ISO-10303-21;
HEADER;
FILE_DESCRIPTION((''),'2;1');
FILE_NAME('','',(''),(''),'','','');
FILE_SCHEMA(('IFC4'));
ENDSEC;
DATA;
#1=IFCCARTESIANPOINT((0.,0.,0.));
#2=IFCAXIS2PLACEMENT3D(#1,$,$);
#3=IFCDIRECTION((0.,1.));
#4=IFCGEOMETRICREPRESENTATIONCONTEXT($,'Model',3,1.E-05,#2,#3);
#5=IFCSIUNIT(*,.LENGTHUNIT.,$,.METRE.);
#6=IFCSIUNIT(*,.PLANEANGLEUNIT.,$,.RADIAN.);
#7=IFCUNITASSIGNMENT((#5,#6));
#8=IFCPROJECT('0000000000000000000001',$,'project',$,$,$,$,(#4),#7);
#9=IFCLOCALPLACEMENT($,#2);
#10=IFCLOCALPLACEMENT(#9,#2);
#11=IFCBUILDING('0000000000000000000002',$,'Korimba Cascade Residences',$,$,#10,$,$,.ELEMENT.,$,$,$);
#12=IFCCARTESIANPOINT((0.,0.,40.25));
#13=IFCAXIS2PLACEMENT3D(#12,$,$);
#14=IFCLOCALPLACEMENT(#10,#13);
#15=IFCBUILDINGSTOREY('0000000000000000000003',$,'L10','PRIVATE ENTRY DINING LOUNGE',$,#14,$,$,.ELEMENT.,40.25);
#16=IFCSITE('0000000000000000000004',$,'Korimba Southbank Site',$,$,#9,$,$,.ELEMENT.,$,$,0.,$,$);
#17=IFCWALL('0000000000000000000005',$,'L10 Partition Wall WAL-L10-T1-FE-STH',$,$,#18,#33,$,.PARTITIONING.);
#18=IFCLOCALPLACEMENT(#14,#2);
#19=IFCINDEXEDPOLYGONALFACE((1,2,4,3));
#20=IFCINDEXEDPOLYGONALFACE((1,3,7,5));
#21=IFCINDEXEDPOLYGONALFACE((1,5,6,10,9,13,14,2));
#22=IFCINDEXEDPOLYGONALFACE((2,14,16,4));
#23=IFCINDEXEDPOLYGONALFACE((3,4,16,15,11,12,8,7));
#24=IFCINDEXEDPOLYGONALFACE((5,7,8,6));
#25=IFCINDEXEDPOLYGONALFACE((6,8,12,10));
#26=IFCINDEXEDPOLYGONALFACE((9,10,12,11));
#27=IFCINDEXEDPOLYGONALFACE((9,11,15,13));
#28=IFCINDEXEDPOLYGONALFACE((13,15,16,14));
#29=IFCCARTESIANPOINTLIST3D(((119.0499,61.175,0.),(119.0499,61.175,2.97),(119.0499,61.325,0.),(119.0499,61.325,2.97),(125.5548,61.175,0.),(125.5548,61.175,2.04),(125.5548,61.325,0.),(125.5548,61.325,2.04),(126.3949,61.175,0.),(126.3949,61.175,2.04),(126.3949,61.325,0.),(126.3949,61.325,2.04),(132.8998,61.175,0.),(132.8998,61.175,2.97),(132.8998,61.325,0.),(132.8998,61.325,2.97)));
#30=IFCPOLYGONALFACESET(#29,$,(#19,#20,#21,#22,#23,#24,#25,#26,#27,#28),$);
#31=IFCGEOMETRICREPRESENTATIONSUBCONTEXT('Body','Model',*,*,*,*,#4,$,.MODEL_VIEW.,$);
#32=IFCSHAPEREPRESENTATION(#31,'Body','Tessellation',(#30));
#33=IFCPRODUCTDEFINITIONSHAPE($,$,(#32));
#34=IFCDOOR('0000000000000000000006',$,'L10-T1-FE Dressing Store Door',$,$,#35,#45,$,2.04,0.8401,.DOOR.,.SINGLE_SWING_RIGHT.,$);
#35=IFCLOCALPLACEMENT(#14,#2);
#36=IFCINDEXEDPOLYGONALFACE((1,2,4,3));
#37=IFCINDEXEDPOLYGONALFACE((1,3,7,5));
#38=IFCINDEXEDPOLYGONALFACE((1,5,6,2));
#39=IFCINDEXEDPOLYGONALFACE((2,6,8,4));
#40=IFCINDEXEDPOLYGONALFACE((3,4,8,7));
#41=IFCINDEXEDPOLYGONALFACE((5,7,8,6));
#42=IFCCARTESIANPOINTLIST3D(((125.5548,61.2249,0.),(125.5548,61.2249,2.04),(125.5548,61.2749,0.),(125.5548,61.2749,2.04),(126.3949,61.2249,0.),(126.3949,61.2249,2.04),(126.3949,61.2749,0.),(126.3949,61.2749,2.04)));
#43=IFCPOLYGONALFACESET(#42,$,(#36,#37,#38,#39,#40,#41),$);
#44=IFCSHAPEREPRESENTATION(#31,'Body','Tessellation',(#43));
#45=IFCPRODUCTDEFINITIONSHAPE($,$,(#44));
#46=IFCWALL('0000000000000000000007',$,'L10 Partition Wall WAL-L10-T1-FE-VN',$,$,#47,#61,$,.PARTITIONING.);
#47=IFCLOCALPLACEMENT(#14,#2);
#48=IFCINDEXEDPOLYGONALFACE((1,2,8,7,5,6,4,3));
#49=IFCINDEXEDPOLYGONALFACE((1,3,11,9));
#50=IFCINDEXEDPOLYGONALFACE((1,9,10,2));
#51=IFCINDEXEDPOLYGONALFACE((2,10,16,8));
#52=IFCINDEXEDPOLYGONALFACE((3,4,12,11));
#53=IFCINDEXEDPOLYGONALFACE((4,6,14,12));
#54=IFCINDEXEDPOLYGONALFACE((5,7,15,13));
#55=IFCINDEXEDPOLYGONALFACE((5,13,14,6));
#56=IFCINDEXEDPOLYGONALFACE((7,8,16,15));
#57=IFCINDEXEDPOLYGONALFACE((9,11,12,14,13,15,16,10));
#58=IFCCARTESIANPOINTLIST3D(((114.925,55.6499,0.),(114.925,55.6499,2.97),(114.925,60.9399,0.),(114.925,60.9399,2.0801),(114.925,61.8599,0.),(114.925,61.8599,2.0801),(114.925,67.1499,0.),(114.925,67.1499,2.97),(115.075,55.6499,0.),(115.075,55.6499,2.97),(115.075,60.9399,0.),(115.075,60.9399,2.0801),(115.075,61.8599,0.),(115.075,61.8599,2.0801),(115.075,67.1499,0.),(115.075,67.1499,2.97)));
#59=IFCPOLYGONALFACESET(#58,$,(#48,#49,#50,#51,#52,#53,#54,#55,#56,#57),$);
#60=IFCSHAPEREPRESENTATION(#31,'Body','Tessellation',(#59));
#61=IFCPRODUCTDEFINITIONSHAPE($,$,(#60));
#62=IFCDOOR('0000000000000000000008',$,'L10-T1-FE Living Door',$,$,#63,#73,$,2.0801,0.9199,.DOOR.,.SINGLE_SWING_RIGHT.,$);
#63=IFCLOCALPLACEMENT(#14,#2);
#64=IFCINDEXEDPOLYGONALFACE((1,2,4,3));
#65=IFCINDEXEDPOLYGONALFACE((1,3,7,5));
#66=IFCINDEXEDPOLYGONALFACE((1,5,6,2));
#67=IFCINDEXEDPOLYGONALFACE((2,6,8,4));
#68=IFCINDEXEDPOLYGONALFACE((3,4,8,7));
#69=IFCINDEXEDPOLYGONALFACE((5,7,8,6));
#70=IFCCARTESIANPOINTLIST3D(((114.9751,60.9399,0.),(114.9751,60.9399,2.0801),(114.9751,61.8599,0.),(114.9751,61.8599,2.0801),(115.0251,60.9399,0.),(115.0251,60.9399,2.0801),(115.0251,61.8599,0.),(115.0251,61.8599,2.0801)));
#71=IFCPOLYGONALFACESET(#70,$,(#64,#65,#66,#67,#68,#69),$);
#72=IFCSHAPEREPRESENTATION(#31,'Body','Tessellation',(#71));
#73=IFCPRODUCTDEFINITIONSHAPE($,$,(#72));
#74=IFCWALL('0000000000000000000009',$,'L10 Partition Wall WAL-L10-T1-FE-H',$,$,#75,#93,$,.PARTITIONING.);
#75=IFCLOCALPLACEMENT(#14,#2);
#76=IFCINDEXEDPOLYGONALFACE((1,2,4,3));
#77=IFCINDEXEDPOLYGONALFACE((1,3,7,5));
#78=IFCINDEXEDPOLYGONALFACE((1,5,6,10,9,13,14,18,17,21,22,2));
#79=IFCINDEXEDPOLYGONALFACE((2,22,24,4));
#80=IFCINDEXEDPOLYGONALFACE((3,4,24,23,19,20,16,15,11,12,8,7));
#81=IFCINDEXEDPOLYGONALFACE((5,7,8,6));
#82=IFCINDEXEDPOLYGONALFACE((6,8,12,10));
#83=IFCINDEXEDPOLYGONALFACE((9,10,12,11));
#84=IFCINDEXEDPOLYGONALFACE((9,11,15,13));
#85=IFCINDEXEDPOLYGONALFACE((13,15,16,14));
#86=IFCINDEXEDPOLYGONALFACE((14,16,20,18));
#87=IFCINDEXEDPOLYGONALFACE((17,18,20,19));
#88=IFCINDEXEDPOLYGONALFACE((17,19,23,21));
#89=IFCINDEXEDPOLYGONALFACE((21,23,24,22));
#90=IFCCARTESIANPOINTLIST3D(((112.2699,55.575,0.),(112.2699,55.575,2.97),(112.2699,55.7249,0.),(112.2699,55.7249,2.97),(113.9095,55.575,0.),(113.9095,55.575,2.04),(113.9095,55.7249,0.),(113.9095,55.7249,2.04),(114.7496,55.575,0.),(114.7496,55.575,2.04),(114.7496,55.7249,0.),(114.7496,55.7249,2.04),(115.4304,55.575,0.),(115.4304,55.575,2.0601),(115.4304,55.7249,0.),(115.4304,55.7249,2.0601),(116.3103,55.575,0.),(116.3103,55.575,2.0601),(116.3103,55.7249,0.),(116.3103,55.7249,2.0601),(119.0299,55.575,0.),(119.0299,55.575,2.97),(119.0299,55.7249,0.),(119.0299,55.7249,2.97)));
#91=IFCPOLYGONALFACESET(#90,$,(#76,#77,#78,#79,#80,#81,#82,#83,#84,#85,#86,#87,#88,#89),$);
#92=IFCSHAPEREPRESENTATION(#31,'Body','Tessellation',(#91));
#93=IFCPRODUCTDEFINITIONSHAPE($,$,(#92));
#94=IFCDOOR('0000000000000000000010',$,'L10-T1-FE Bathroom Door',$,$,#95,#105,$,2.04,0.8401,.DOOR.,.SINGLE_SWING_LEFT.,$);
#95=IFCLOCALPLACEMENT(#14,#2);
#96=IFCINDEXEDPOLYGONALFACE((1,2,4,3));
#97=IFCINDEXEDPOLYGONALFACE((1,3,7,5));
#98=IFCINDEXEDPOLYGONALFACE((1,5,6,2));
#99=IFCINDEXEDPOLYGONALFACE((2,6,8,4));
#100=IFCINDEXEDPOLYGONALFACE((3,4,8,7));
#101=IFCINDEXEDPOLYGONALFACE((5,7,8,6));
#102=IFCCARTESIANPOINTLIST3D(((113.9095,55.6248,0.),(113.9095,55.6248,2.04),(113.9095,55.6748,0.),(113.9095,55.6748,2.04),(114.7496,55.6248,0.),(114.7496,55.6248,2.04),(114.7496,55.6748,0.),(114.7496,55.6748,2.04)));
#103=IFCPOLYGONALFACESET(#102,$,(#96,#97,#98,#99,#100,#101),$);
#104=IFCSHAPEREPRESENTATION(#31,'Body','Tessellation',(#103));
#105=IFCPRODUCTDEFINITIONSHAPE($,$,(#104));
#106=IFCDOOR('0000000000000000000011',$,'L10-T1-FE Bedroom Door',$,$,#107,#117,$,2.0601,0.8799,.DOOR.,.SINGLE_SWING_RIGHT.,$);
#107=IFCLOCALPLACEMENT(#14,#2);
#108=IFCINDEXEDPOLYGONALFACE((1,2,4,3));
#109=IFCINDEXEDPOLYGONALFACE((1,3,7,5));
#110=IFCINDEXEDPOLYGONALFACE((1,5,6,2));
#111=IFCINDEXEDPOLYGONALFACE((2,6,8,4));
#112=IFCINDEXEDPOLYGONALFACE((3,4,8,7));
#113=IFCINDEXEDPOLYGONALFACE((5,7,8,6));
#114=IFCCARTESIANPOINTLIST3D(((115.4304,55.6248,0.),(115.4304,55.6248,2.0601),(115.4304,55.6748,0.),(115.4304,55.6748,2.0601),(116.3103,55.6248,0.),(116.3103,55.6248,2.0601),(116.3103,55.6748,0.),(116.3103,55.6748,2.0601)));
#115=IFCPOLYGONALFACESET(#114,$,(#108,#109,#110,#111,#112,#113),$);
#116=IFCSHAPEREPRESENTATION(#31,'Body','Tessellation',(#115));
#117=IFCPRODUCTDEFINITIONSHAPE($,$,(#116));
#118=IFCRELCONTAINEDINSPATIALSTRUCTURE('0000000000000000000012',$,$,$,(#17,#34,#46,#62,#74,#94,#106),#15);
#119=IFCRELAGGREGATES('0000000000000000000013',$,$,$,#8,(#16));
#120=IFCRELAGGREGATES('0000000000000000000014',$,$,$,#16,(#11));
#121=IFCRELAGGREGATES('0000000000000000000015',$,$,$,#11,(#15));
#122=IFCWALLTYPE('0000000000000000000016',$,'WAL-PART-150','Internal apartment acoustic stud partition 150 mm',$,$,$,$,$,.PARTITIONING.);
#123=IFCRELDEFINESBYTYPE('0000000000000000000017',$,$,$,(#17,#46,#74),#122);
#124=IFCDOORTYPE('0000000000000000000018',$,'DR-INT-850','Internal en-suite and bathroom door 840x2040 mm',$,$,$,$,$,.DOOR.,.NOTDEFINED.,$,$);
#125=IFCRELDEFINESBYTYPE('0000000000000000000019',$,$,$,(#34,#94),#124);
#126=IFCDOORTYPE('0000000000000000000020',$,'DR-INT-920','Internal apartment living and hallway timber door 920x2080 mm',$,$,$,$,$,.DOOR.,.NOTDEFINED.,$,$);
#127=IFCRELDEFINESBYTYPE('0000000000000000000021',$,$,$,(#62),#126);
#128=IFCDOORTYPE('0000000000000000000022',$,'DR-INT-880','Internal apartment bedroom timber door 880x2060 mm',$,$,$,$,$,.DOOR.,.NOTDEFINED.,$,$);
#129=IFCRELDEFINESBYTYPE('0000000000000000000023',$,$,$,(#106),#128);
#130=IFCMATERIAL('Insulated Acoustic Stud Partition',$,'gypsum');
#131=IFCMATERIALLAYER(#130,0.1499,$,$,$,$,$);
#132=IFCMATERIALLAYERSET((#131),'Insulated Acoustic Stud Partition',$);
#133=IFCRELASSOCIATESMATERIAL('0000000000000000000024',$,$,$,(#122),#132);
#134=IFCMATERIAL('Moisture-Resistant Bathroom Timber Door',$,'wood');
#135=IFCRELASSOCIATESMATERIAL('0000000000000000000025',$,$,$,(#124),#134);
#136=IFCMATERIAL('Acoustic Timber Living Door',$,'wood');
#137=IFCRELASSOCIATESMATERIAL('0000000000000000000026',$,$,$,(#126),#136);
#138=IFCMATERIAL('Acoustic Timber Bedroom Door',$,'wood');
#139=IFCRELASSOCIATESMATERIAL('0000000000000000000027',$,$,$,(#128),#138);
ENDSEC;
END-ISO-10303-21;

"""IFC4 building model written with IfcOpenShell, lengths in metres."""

from ifc_helpers import new_model, si_unit, direction, frame, frame_2d, origin, place, context, subcontext, project, spatial, rectangle, extrude, material, layer, layer_set, type_object, element, fill, save


model = new_model("IFC4")

# Units and contexts
model_context = context("Model", 3, precision=1e-05, world=origin(), true_north=direction((0.0, 1.0)))
body_context = subcontext(model_context, "Body", "Model", "MODEL_VIEW")
ifc_project = project(units=[si_unit("LENGTHUNIT", "METRE"), si_unit("PLANEANGLEUNIT", "RADIAN")], contexts=[model_context])

# Site, building, storey
site_placement = place(None, origin())
site = spatial("IfcSite", under=ifc_project, at=site_placement, Name="Korimba Southbank Site", CompositionType="ELEMENT", RefElevation=0.0)
building_placement = place(site_placement, origin())
building = spatial("IfcBuilding", under=site, at=building_placement, Name="Korimba Cascade Residences", CompositionType="ELEMENT")
storey_placement = place(building_placement, frame((0.0, 0.0, 40.25)))
storey = spatial("IfcBuildingStorey", under=building, at=storey_placement, Name="L10", Description="PRIVATE ENTRY DINING LOUNGE", CompositionType="ELEMENT", Elevation=40.25)

# Walls, openings, doors
ifc_material_1 = material(Name="Insulated Acoustic Stud Partition", Category="gypsum")
ifc_layer_1 = layer(ifc_material_1, 0.1499)
ifc_layer_set_1 = layer_set([ifc_layer_1], Name="Insulated Acoustic Stud Partition")
wall_type_1 = type_object("IfcWallType", Name="WAL-PART-150", Description="Internal apartment acoustic stud partition 150 mm", PredefinedType="PARTITIONING", material=ifc_layer_set_1)
wall_1_placement = place(storey_placement, frame((119.05, 61.25, 0.0), z_axis=(0.0, 0.0, 1.0), x_axis=(1.0, 0.0, 0.0)))
wall_1 = element("IfcWall", 1, at=wall_1_placement, inside=storey, type_object=wall_type_1, Name="L10 Partition Wall WAL-L10-T1-FE-STH", PredefinedType="PARTITIONING", context=body_context, shape_type="SweptSolid", body=[
    extrude(rectangle(XDim=13.8499, YDim=0.1499, at=frame_2d((6.9248, 0.0))), origin(), (0.0, 0.0, 1.0), 2.97),
])
opening_1_placement = place(wall_1_placement, frame((6.5049, 0.0, 0.0)))
opening_1 = element("IfcOpeningElement", 2, at=opening_1_placement, cuts=wall_1, PredefinedType="OPENING", context=body_context, shape_type="SweptSolid", body=[
    extrude(rectangle(XDim=0.8401, YDim=2.04, at=frame_2d((0.4199, 1.02))), frame((0.0, 0.085, 0.0), z_axis=(0.0, -1.0, 0.0), x_axis=(1.0, 0.0, 0.0)), (0.0, 0.0, 1.0), 0.1699),
])
ifc_material_2 = material(Name="Moisture-Resistant Bathroom Timber Door", Category="wood")
door_type_1 = type_object("IfcDoorType", Name="DR-INT-850", Description="Internal en-suite and bathroom door 840x2040 mm", OperationType="NOTDEFINED", PredefinedType="DOOR", material=ifc_material_2)
door_1_placement = place(opening_1_placement, origin())
door_1 = element("IfcDoor", 3, at=door_1_placement, inside=storey, type_object=door_type_1, Name="L10-T1-FE Dressing Store Door", OperationType="SINGLE_SWING_RIGHT", OverallHeight=2.04, OverallWidth=0.8401, PredefinedType="DOOR", context=body_context, shape_type="SweptSolid", body=[
    extrude(rectangle(XDim=0.8401, YDim=2.04, at=frame_2d((0.4199, 1.02))), frame((0.0, 0.0249, 0.0), z_axis=(0.0, -1.0, 0.0), x_axis=(1.0, 0.0, 0.0)), (0.0, 0.0, 1.0), 0.05),
])
fill(opening_1, door_1)
wall_2_placement = place(storey_placement, frame((115.0, 55.6499, 0.0), z_axis=(0.0, 0.0, 1.0), x_axis=(0.0, 1.0, 0.0)))
wall_2 = element("IfcWall", 4, at=wall_2_placement, inside=storey, type_object=wall_type_1, Name="L10 Partition Wall WAL-L10-T1-FE-VN", PredefinedType="PARTITIONING", context=body_context, shape_type="SweptSolid", body=[
    extrude(rectangle(XDim=11.5, YDim=0.1499, at=frame_2d((5.75, 0.0))), origin(), (0.0, 0.0, 1.0), 2.97),
])
opening_2_placement = place(wall_2_placement, frame((5.29, 0.0, 0.0)))
opening_2 = element("IfcOpeningElement", 5, at=opening_2_placement, cuts=wall_2, PredefinedType="OPENING", context=body_context, shape_type="SweptSolid", body=[
    extrude(rectangle(XDim=0.9199, YDim=2.0801, at=frame_2d((0.46, 1.04))), frame((0.0, 0.085, 0.0), z_axis=(0.0, -1.0, 0.0), x_axis=(1.0, 0.0, 0.0)), (0.0, 0.0, 1.0), 0.1699),
])
ifc_material_3 = material(Name="Acoustic Timber Living Door", Category="wood")
door_type_2 = type_object("IfcDoorType", Name="DR-INT-920", Description="Internal apartment living and hallway timber door 920x2080 mm", OperationType="NOTDEFINED", PredefinedType="DOOR", material=ifc_material_3)
door_2_placement = place(opening_2_placement, origin())
door_2 = element("IfcDoor", 6, at=door_2_placement, inside=storey, type_object=door_type_2, Name="L10-T1-FE Living Door", OperationType="SINGLE_SWING_RIGHT", OverallHeight=2.0801, OverallWidth=0.9199, PredefinedType="DOOR", context=body_context, shape_type="SweptSolid", body=[
    extrude(rectangle(XDim=0.9199, YDim=2.0801, at=frame_2d((0.46, 1.04))), frame((0.0, 0.0249, 0.0), z_axis=(0.0, -1.0, 0.0), x_axis=(1.0, 0.0, 0.0)), (0.0, 0.0, 1.0), 0.05),
])
fill(opening_2, door_2)

# Wall, openings, doors
wall_3_placement = place(storey_placement, frame((112.27, 55.6499, 0.0), z_axis=(0.0, 0.0, 1.0), x_axis=(1.0, 0.0, 0.0)))
wall_3 = element("IfcWall", 7, at=wall_3_placement, inside=storey, type_object=wall_type_1, Name="L10 Partition Wall WAL-L10-T1-FE-H", PredefinedType="PARTITIONING", context=body_context, shape_type="SweptSolid", body=[
    extrude(rectangle(XDim=6.76, YDim=0.1499, at=frame_2d((3.3799, 0.0))), origin(), (0.0, 0.0, 1.0), 2.97),
])
opening_3_placement = place(wall_3_placement, frame((1.6396, 0.0, 0.0)))
opening_3 = element("IfcOpeningElement", 8, at=opening_3_placement, cuts=wall_3, PredefinedType="OPENING", context=body_context, shape_type="SweptSolid", body=[
    extrude(rectangle(XDim=0.8401, YDim=2.04, at=frame_2d((0.4199, 1.02))), frame((0.0, 0.085, 0.0), z_axis=(0.0, -1.0, 0.0), x_axis=(1.0, 0.0, 0.0)), (0.0, 0.0, 1.0), 0.1699),
])
opening_4_placement = place(wall_3_placement, frame((3.1604, 0.0, 0.0)))
opening_4 = element("IfcOpeningElement", 9, at=opening_4_placement, cuts=wall_3, PredefinedType="OPENING", context=body_context, shape_type="SweptSolid", body=[
    extrude(rectangle(XDim=0.8799, YDim=2.0601, at=frame_2d((0.4399, 1.03))), frame((0.0, 0.085, 0.0), z_axis=(0.0, -1.0, 0.0), x_axis=(1.0, 0.0, 0.0)), (0.0, 0.0, 1.0), 0.1699),
])
door_3_placement = place(opening_3_placement, origin())
door_3 = element("IfcDoor", 10, at=door_3_placement, inside=storey, type_object=door_type_1, Name="L10-T1-FE Bathroom Door", OperationType="SINGLE_SWING_LEFT", OverallHeight=2.04, OverallWidth=0.8401, PredefinedType="DOOR", context=body_context, shape_type="SweptSolid", body=[
    extrude(rectangle(XDim=0.8401, YDim=2.04, at=frame_2d((0.4199, 1.02))), frame((0.0, 0.0249, 0.0), z_axis=(0.0, -1.0, 0.0), x_axis=(1.0, 0.0, 0.0)), (0.0, 0.0, 1.0), 0.05),
])
fill(opening_3, door_3)
ifc_material_4 = material(Name="Acoustic Timber Bedroom Door", Category="wood")
door_type_3 = type_object("IfcDoorType", Name="DR-INT-880", Description="Internal apartment bedroom timber door 880x2060 mm", OperationType="NOTDEFINED", PredefinedType="DOOR", material=ifc_material_4)
door_4_placement = place(opening_4_placement, origin())
door_4 = element("IfcDoor", 11, at=door_4_placement, inside=storey, type_object=door_type_3, Name="L10-T1-FE Bedroom Door", OperationType="SINGLE_SWING_RIGHT", OverallHeight=2.0601, OverallWidth=0.8799, PredefinedType="DOOR", context=body_context, shape_type="SweptSolid", body=[
    extrude(rectangle(XDim=0.8799, YDim=2.0601, at=frame_2d((0.4399, 1.03))), frame((0.0, 0.0249, 0.0), z_axis=(0.0, -1.0, 0.0), x_axis=(1.0, 0.0, 0.0)), (0.0, 0.0, 1.0), 0.05),
])
fill(opening_4, door_4)

save(model, "model.ifc")
